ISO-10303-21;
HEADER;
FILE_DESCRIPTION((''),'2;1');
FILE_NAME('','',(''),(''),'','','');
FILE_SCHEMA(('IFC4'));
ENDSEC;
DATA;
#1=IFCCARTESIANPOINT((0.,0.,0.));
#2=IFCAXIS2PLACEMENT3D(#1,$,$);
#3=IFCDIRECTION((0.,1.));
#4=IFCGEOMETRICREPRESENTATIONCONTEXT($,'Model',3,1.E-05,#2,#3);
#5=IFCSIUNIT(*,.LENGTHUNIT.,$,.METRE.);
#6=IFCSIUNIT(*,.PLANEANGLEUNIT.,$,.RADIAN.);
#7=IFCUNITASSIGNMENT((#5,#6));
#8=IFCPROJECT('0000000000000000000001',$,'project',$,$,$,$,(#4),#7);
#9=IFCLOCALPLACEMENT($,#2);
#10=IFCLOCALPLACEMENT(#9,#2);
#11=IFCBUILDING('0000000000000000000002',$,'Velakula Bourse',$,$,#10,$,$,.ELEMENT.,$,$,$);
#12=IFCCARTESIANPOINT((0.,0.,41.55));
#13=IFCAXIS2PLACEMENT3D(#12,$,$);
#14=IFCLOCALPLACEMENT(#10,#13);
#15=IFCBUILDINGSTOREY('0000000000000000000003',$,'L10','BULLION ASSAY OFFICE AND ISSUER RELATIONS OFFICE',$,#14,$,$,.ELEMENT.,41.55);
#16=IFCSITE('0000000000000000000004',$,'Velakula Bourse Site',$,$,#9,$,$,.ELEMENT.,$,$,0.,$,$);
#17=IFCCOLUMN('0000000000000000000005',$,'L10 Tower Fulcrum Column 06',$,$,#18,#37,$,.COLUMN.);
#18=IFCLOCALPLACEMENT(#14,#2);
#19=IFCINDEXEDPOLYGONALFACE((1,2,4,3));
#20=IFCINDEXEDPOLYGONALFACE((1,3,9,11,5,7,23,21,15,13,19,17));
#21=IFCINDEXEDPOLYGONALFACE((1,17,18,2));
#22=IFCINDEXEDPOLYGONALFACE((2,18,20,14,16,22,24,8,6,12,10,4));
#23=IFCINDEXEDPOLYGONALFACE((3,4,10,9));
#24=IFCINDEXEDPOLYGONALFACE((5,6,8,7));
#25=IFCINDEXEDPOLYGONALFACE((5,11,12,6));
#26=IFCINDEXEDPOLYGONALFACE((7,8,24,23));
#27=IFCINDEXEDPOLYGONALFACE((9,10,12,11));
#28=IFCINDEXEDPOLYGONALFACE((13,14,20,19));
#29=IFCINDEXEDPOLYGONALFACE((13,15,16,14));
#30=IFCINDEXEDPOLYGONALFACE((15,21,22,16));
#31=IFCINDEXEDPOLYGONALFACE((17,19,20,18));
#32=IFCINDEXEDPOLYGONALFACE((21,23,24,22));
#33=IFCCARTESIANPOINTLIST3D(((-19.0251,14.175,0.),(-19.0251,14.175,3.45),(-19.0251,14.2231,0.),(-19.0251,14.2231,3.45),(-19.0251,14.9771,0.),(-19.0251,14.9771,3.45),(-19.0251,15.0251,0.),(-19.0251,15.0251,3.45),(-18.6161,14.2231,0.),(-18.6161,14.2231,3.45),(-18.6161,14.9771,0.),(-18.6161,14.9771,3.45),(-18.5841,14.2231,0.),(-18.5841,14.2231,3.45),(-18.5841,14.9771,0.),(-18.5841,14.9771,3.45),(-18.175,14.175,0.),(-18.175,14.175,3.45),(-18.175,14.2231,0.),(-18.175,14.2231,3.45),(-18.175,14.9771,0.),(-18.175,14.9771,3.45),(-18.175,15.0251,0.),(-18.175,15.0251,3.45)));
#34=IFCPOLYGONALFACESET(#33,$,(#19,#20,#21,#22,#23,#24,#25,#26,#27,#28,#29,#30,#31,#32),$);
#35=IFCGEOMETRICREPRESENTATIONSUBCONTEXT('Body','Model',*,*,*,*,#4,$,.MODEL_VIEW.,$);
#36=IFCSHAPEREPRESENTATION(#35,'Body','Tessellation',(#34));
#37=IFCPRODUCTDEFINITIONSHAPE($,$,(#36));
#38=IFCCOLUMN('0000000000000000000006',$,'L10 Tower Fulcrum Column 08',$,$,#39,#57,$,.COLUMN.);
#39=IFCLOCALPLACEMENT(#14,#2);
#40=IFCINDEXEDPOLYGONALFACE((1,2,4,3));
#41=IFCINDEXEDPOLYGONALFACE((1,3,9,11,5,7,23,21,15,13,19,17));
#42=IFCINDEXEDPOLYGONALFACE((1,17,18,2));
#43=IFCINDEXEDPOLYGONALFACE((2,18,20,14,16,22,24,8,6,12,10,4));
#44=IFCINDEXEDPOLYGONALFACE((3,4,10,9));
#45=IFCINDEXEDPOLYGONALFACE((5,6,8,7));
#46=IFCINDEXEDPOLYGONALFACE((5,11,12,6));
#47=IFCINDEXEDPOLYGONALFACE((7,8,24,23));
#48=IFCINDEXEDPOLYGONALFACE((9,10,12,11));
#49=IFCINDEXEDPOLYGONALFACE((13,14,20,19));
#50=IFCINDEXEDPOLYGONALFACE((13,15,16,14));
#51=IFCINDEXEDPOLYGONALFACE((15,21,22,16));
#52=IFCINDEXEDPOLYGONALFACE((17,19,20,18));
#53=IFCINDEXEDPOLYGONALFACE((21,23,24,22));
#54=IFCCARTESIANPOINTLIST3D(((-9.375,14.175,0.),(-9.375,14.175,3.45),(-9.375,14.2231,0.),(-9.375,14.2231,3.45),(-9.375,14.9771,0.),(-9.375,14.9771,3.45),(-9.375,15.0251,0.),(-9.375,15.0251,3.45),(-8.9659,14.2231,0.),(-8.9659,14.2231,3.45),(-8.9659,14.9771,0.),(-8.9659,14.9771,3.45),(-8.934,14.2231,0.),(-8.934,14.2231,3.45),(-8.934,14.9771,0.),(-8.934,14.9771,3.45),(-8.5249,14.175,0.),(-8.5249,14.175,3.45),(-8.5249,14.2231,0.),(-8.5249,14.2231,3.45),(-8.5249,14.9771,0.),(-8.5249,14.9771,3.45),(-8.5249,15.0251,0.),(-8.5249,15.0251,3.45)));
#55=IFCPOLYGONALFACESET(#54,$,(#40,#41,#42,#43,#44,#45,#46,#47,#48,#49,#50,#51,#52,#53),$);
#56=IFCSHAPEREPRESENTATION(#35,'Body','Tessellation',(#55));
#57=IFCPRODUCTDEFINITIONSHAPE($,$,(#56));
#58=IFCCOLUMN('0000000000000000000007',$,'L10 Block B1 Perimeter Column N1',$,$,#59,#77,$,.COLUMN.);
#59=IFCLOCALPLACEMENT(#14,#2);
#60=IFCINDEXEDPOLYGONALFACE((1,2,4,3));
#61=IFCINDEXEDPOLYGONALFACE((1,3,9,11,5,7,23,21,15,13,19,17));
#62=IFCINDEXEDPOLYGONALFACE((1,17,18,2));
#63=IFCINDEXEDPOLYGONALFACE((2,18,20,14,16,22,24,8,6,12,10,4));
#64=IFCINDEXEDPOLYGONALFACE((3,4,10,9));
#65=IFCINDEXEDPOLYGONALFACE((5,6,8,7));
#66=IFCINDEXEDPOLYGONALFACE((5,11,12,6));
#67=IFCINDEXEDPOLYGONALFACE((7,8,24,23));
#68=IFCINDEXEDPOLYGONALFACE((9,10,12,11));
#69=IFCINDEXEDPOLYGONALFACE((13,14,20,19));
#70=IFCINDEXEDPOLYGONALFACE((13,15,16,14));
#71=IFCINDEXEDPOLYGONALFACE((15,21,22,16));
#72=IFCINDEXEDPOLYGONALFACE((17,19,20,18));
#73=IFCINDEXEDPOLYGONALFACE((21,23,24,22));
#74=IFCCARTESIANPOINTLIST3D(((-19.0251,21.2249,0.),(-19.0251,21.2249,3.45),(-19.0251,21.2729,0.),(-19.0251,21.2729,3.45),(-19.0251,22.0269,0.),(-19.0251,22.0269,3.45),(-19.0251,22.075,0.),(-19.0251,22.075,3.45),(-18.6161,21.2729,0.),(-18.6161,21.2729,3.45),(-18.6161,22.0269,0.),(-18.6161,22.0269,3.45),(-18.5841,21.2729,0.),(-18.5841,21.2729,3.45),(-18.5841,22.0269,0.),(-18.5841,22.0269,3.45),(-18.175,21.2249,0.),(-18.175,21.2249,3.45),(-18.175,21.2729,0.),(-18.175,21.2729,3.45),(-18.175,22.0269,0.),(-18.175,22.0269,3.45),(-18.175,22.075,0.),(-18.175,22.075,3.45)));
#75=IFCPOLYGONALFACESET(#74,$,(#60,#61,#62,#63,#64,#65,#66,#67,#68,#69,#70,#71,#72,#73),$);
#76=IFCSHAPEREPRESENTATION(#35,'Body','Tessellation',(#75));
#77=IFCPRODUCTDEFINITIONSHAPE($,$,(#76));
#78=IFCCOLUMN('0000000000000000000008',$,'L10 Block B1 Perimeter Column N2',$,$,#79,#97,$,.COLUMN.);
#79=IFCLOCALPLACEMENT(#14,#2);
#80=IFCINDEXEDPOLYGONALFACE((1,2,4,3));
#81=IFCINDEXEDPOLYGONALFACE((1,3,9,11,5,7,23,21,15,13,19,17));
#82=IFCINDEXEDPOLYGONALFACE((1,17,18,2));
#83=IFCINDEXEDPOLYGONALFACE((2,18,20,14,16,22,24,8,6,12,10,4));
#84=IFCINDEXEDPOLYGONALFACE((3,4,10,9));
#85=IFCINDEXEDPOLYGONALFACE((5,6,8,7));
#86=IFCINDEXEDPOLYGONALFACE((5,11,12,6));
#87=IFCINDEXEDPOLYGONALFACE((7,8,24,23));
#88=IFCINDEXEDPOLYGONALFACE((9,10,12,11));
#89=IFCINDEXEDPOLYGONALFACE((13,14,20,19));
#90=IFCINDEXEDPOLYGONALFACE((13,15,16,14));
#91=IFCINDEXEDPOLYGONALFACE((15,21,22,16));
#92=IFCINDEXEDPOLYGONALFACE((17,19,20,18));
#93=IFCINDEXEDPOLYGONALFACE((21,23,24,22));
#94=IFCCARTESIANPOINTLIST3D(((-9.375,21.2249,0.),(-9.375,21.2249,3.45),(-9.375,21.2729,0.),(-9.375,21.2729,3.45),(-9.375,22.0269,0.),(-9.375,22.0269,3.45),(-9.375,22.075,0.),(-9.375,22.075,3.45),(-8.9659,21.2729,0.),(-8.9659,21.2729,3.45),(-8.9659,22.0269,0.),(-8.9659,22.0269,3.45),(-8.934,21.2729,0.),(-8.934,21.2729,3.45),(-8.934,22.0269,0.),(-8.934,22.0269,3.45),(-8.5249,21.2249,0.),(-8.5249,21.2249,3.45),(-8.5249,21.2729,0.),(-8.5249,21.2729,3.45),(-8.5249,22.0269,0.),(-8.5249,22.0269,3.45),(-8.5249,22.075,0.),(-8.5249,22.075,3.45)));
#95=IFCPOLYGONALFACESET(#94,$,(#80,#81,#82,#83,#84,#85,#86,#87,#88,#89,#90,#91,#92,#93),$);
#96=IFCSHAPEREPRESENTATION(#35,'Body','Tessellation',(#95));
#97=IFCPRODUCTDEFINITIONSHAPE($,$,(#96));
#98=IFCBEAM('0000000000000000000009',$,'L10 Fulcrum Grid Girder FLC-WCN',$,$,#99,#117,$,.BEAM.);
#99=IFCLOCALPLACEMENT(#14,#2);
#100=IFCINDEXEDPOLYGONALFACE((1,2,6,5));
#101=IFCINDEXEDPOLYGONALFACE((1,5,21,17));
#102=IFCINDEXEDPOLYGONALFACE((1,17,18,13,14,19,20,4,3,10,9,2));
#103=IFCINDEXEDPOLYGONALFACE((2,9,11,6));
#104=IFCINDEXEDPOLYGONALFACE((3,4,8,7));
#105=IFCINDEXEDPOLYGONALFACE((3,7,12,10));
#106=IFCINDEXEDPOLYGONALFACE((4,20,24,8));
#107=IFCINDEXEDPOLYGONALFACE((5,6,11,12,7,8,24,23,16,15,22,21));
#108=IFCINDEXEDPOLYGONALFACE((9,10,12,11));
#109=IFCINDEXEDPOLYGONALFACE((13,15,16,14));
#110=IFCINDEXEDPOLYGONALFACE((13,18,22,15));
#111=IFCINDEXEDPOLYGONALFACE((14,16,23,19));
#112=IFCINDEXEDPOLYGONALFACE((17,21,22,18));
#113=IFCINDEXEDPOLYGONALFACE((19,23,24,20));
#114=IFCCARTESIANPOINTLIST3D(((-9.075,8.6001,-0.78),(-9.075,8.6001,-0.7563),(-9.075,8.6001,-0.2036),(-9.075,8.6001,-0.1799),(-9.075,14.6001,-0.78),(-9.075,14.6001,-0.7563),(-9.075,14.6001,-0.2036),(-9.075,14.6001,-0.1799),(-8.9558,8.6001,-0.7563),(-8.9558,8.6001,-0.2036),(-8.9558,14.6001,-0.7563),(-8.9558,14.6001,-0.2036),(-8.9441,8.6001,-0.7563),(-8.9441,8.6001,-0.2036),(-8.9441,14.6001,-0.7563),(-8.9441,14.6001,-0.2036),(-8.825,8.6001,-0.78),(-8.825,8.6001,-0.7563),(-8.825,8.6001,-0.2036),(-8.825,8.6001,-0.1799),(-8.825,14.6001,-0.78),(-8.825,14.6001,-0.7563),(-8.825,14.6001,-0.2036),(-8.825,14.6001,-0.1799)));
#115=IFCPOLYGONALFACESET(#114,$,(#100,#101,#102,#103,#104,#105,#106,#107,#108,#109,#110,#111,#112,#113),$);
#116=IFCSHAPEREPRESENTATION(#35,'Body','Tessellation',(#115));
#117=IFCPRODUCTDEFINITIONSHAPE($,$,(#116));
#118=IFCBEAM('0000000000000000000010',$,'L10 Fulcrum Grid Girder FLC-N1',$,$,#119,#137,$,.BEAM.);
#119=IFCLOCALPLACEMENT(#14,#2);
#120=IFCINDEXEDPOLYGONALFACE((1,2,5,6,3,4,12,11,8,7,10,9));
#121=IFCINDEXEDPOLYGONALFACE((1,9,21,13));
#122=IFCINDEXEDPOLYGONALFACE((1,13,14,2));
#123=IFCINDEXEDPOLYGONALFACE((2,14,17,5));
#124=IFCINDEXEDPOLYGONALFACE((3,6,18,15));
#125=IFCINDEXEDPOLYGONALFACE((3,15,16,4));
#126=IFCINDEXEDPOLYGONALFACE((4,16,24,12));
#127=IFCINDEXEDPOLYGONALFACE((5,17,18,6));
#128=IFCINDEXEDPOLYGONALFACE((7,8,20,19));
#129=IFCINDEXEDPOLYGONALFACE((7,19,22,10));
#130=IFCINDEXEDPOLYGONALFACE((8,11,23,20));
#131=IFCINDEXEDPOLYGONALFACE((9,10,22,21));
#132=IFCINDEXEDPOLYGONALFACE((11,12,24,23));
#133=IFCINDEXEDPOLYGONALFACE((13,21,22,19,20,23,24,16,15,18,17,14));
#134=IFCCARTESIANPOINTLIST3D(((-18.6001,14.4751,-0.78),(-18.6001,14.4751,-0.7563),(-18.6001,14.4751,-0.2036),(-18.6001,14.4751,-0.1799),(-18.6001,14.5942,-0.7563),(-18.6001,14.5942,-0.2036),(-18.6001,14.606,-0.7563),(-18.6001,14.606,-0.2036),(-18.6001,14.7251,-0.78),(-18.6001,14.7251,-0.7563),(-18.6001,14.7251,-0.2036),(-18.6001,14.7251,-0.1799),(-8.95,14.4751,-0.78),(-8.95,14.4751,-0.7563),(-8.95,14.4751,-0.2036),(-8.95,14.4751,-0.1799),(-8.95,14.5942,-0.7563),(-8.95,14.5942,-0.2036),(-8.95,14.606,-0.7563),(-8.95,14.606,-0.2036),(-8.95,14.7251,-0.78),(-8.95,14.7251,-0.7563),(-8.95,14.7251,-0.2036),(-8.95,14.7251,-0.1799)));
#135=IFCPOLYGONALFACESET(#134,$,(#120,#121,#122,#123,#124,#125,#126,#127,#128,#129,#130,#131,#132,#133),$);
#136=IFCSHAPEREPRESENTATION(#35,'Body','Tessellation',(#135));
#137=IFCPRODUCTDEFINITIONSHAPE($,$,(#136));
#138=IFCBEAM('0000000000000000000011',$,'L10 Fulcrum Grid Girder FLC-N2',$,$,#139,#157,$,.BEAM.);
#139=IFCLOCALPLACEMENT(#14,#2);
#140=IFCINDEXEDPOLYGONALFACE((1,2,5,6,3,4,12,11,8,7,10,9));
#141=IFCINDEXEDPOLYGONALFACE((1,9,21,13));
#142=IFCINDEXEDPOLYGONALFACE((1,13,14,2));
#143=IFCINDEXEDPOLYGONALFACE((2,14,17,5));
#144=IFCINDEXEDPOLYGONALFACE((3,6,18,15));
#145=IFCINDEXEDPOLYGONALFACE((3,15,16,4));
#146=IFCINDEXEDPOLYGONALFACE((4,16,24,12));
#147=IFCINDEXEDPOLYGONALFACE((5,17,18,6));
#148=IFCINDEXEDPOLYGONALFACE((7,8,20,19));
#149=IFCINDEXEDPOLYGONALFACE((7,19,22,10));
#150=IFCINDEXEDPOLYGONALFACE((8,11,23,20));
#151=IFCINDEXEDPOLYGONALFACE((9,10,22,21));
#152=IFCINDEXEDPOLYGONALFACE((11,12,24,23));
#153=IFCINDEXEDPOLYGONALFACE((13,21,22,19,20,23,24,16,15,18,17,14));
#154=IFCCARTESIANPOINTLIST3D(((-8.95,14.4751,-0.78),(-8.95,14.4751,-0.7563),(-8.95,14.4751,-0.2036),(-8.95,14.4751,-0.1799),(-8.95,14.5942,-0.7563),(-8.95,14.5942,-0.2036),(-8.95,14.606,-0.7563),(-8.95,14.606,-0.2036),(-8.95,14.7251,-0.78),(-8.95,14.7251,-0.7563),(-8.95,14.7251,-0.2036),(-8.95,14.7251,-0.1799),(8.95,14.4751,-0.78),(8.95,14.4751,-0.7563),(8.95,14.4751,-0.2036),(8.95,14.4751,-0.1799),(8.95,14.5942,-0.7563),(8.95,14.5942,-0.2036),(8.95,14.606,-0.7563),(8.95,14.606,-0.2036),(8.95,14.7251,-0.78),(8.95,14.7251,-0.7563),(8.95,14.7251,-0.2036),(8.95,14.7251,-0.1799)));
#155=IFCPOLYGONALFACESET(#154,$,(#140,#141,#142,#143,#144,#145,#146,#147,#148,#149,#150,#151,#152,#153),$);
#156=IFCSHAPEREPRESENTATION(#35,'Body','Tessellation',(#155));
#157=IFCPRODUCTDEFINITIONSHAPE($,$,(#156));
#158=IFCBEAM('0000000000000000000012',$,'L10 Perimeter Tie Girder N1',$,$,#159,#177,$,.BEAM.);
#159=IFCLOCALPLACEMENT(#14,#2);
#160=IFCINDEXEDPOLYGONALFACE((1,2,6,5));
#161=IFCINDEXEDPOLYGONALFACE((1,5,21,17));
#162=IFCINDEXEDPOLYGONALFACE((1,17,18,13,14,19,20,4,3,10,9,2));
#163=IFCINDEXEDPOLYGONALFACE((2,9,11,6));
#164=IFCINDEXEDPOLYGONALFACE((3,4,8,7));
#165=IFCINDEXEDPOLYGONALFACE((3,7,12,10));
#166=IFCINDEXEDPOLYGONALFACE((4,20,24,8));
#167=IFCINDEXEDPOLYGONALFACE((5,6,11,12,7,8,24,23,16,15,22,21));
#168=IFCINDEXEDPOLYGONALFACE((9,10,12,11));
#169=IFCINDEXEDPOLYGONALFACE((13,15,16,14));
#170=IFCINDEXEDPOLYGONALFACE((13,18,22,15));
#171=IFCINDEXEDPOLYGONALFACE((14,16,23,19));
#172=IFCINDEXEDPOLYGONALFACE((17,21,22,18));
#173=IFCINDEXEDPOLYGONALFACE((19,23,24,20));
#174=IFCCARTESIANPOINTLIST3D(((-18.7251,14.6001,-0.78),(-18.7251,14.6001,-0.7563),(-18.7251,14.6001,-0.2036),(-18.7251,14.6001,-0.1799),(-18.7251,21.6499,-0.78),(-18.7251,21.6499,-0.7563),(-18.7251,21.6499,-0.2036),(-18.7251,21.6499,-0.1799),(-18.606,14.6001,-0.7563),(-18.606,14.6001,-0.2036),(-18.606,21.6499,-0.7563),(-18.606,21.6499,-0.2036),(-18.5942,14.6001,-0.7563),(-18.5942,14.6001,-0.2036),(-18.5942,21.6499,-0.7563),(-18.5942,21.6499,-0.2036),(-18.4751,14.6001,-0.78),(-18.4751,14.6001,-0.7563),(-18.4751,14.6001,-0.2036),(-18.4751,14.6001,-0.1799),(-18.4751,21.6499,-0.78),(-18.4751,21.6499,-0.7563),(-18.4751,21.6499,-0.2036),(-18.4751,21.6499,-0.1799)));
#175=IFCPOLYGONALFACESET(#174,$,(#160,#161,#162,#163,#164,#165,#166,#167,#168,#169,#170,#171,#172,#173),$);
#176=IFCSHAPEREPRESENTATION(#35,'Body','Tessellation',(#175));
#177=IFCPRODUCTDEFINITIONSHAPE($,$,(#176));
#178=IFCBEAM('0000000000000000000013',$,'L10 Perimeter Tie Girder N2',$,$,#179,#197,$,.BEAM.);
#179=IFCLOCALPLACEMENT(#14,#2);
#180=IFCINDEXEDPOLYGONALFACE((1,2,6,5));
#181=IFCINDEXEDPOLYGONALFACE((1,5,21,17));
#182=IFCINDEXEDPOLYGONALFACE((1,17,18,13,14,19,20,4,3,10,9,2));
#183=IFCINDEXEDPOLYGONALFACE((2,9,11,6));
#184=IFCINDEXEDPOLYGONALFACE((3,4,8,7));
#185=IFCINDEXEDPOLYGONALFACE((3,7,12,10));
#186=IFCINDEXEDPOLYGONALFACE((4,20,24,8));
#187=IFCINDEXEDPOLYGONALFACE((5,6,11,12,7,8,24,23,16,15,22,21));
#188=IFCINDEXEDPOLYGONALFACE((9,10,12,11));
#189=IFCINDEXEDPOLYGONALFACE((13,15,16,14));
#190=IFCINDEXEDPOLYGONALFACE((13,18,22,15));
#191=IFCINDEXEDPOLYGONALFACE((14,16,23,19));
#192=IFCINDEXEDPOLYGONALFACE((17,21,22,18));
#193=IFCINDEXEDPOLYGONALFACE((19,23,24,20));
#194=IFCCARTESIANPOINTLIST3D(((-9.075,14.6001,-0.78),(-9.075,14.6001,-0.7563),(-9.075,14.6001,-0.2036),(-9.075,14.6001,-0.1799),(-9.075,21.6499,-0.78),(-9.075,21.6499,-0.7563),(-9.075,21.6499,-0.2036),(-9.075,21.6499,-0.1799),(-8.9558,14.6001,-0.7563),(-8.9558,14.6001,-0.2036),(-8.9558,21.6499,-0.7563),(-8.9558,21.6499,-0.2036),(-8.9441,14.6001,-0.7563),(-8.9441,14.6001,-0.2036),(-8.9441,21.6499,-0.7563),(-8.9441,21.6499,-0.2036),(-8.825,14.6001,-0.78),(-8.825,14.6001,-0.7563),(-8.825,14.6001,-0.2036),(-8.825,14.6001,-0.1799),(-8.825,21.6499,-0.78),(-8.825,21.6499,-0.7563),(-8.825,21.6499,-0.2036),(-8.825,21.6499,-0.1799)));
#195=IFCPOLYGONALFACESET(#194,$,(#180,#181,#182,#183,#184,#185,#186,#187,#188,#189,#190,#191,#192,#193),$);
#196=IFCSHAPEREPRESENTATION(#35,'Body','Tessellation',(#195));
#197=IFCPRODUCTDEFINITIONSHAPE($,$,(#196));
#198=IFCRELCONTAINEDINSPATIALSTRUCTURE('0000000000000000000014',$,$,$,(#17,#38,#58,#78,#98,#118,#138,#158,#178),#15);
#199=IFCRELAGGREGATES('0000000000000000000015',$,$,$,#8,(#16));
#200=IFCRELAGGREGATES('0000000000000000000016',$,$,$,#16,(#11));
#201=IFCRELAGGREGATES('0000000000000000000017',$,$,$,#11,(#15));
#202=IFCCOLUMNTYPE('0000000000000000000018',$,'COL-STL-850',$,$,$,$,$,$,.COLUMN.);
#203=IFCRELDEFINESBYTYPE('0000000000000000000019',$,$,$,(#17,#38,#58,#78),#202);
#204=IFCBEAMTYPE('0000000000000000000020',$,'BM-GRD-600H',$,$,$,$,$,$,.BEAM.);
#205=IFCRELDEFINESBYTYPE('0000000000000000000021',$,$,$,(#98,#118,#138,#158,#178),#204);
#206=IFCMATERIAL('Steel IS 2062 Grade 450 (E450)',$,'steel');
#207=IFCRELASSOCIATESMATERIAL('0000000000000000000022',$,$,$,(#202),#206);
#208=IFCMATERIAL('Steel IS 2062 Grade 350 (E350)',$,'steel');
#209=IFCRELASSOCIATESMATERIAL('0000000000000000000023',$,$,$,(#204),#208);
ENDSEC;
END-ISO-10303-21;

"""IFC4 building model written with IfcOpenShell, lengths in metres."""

from ifc_helpers import new_model, si_unit, direction, frame, origin, origin_2d, place, context, subcontext, project, spatial, i_section, extrude, material, material_profile, profile_set, type_object, element, save


model = new_model("IFC4")

# Units and contexts
model_context = context("Model", 3, precision=1e-05, world=origin(), true_north=direction((0.0, 1.0)))
body_context = subcontext(model_context, "Body", "Model", "MODEL_VIEW")
ifc_project = project(units=[si_unit("LENGTHUNIT", "METRE"), si_unit("PLANEANGLEUNIT", "RADIAN")], contexts=[model_context])

# Site, building, storey
site_placement = place(None, origin())
site = spatial("IfcSite", under=ifc_project, at=site_placement, Name="Velakula Bourse Site", CompositionType="ELEMENT", RefElevation=0.0)
building_placement = place(site_placement, origin())
building = spatial("IfcBuilding", under=site, at=building_placement, Name="Velakula Bourse", CompositionType="ELEMENT")
storey_placement = place(building_placement, frame((0.0, 0.0, 41.55)))
storey = spatial("IfcBuildingStorey", under=building, at=storey_placement, Name="L10", Description="BULLION ASSAY OFFICE AND ISSUER RELATIONS OFFICE", CompositionType="ELEMENT", Elevation=41.55)

# Columns
ifc_material_1 = material(Name="Steel IS 2062 Grade 450 (E450)", Category="steel")
ifc_material_profile_1 = material_profile(ifc_material_1, i_section(OverallWidth=0.8501, OverallDepth=0.8501, WebThickness=0.032, FlangeThickness=0.0481, at=origin_2d()), Name="Steel IS 2062 Grade 450 (E450)")
ifc_profile_set_1 = profile_set([ifc_material_profile_1], Name="Steel IS 2062 Grade 450 (E450)")
column_type = type_object("IfcColumnType", Name="COL-STL-850", PredefinedType="COLUMN", material=ifc_profile_set_1)
for number, where, z_axis, x_axis, name in (
    (1, (-18.6001, 14.6001, 0.0), (0.0, 0.0, 1.0), (1.0, 0.0, 0.0), "L10 Tower Fulcrum Column 06"),
    (2, (-8.95, 14.6001, 0.0), (0.0, 0.0, 1.0), (1.0, 0.0, 0.0), "L10 Tower Fulcrum Column 08"),
    (3, (-18.6001, 21.6499, 0.0), (0.0, 0.0, 1.0), (1.0, 0.0, 0.0), "L10 Block B1 Perimeter Column N1"),
    (4, (-8.95, 21.6499, 0.0), (0.0, 0.0, 1.0), (1.0, 0.0, 0.0), "L10 Block B1 Perimeter Column N2"),
):
    element("IfcColumn", number, at=place(storey_placement, frame(where, z_axis=z_axis, x_axis=x_axis)), inside=storey, type_object=column_type, Name=name, PredefinedType="COLUMN", context=body_context, shape_type="SweptSolid", body=[
        extrude(i_section(OverallWidth=0.8501, OverallDepth=0.8501, WebThickness=0.032, FlangeThickness=0.0481, at=origin_2d()), origin(), (0.0, 0.0, 1.0), 3.45),
    ])

# Beams
ifc_material_2 = material(Name="Steel IS 2062 Grade 350 (E350)", Category="steel")
ifc_material_profile_2 = material_profile(ifc_material_2, i_section(OverallWidth=0.25, OverallDepth=0.6001, WebThickness=0.0117, FlangeThickness=0.0237, at=origin_2d()), Name="Steel IS 2062 Grade 350 (E350)")
ifc_profile_set_2 = profile_set([ifc_material_profile_2], Name="Steel IS 2062 Grade 350 (E350)")
beam_type_1 = type_object("IfcBeamType", Name="BM-GRD-600H", PredefinedType="BEAM", material=ifc_profile_set_2)
beam_1_placement = place(storey_placement, frame((-8.95, 8.6001, -0.48), z_axis=(0.0, 1.0, 0.0), x_axis=(-1.0, 0.0, 0.0)))
element("IfcBeam", 5, at=beam_1_placement, inside=storey, type_object=beam_type_1, Name="L10 Fulcrum Grid Girder FLC-WCN", PredefinedType="BEAM", context=body_context, shape_type="SweptSolid", body=[
    extrude(i_section(OverallWidth=0.25, OverallDepth=0.6001, WebThickness=0.0117, FlangeThickness=0.0237, at=origin_2d()), origin(), (0.0, 0.0, 1.0), 6.0),
])
beam_2_placement = place(storey_placement, frame((-18.6001, 14.6001, -0.48), z_axis=(1.0, 0.0, 0.0), x_axis=(0.0, 1.0, 0.0)))
element("IfcBeam", 6, at=beam_2_placement, inside=storey, type_object=beam_type_1, Name="L10 Fulcrum Grid Girder FLC-N1", PredefinedType="BEAM", context=body_context, shape_type="SweptSolid", body=[
    extrude(i_section(OverallWidth=0.25, OverallDepth=0.6001, WebThickness=0.0117, FlangeThickness=0.0237, at=origin_2d()), origin(), (0.0, 0.0, 1.0), 9.6501),
])
beam_3_placement = place(storey_placement, frame((-8.95, 14.6001, -0.48), z_axis=(1.0, 0.0, 0.0), x_axis=(0.0, 1.0, 0.0)))
element("IfcBeam", 7, at=beam_3_placement, inside=storey, type_object=beam_type_1, Name="L10 Fulcrum Grid Girder FLC-N2", PredefinedType="BEAM", context=body_context, shape_type="SweptSolid", body=[
    extrude(i_section(OverallWidth=0.25, OverallDepth=0.6001, WebThickness=0.0117, FlangeThickness=0.0237, at=origin_2d()), origin(), (0.0, 0.0, 1.0), 17.8999),
])
for number, where, z_axis, x_axis, name in (
    (8, (-18.6001, 14.6001, -0.48), (0.0, 1.0, 0.0), (-1.0, 0.0, 0.0), "L10 Perimeter Tie Girder N1"),
    (9, (-8.95, 14.6001, -0.48), (0.0, 1.0, 0.0), (-1.0, 0.0, 0.0), "L10 Perimeter Tie Girder N2"),
):
    element("IfcBeam", number, at=place(storey_placement, frame(where, z_axis=z_axis, x_axis=x_axis)), inside=storey, type_object=beam_type_1, Name=name, PredefinedType="BEAM", context=body_context, shape_type="SweptSolid", body=[
        extrude(i_section(OverallWidth=0.25, OverallDepth=0.6001, WebThickness=0.0117, FlangeThickness=0.0237, at=origin_2d()), origin(), (0.0, 0.0, 1.0), 7.0498),
    ])

save(model, "model.ifc")
